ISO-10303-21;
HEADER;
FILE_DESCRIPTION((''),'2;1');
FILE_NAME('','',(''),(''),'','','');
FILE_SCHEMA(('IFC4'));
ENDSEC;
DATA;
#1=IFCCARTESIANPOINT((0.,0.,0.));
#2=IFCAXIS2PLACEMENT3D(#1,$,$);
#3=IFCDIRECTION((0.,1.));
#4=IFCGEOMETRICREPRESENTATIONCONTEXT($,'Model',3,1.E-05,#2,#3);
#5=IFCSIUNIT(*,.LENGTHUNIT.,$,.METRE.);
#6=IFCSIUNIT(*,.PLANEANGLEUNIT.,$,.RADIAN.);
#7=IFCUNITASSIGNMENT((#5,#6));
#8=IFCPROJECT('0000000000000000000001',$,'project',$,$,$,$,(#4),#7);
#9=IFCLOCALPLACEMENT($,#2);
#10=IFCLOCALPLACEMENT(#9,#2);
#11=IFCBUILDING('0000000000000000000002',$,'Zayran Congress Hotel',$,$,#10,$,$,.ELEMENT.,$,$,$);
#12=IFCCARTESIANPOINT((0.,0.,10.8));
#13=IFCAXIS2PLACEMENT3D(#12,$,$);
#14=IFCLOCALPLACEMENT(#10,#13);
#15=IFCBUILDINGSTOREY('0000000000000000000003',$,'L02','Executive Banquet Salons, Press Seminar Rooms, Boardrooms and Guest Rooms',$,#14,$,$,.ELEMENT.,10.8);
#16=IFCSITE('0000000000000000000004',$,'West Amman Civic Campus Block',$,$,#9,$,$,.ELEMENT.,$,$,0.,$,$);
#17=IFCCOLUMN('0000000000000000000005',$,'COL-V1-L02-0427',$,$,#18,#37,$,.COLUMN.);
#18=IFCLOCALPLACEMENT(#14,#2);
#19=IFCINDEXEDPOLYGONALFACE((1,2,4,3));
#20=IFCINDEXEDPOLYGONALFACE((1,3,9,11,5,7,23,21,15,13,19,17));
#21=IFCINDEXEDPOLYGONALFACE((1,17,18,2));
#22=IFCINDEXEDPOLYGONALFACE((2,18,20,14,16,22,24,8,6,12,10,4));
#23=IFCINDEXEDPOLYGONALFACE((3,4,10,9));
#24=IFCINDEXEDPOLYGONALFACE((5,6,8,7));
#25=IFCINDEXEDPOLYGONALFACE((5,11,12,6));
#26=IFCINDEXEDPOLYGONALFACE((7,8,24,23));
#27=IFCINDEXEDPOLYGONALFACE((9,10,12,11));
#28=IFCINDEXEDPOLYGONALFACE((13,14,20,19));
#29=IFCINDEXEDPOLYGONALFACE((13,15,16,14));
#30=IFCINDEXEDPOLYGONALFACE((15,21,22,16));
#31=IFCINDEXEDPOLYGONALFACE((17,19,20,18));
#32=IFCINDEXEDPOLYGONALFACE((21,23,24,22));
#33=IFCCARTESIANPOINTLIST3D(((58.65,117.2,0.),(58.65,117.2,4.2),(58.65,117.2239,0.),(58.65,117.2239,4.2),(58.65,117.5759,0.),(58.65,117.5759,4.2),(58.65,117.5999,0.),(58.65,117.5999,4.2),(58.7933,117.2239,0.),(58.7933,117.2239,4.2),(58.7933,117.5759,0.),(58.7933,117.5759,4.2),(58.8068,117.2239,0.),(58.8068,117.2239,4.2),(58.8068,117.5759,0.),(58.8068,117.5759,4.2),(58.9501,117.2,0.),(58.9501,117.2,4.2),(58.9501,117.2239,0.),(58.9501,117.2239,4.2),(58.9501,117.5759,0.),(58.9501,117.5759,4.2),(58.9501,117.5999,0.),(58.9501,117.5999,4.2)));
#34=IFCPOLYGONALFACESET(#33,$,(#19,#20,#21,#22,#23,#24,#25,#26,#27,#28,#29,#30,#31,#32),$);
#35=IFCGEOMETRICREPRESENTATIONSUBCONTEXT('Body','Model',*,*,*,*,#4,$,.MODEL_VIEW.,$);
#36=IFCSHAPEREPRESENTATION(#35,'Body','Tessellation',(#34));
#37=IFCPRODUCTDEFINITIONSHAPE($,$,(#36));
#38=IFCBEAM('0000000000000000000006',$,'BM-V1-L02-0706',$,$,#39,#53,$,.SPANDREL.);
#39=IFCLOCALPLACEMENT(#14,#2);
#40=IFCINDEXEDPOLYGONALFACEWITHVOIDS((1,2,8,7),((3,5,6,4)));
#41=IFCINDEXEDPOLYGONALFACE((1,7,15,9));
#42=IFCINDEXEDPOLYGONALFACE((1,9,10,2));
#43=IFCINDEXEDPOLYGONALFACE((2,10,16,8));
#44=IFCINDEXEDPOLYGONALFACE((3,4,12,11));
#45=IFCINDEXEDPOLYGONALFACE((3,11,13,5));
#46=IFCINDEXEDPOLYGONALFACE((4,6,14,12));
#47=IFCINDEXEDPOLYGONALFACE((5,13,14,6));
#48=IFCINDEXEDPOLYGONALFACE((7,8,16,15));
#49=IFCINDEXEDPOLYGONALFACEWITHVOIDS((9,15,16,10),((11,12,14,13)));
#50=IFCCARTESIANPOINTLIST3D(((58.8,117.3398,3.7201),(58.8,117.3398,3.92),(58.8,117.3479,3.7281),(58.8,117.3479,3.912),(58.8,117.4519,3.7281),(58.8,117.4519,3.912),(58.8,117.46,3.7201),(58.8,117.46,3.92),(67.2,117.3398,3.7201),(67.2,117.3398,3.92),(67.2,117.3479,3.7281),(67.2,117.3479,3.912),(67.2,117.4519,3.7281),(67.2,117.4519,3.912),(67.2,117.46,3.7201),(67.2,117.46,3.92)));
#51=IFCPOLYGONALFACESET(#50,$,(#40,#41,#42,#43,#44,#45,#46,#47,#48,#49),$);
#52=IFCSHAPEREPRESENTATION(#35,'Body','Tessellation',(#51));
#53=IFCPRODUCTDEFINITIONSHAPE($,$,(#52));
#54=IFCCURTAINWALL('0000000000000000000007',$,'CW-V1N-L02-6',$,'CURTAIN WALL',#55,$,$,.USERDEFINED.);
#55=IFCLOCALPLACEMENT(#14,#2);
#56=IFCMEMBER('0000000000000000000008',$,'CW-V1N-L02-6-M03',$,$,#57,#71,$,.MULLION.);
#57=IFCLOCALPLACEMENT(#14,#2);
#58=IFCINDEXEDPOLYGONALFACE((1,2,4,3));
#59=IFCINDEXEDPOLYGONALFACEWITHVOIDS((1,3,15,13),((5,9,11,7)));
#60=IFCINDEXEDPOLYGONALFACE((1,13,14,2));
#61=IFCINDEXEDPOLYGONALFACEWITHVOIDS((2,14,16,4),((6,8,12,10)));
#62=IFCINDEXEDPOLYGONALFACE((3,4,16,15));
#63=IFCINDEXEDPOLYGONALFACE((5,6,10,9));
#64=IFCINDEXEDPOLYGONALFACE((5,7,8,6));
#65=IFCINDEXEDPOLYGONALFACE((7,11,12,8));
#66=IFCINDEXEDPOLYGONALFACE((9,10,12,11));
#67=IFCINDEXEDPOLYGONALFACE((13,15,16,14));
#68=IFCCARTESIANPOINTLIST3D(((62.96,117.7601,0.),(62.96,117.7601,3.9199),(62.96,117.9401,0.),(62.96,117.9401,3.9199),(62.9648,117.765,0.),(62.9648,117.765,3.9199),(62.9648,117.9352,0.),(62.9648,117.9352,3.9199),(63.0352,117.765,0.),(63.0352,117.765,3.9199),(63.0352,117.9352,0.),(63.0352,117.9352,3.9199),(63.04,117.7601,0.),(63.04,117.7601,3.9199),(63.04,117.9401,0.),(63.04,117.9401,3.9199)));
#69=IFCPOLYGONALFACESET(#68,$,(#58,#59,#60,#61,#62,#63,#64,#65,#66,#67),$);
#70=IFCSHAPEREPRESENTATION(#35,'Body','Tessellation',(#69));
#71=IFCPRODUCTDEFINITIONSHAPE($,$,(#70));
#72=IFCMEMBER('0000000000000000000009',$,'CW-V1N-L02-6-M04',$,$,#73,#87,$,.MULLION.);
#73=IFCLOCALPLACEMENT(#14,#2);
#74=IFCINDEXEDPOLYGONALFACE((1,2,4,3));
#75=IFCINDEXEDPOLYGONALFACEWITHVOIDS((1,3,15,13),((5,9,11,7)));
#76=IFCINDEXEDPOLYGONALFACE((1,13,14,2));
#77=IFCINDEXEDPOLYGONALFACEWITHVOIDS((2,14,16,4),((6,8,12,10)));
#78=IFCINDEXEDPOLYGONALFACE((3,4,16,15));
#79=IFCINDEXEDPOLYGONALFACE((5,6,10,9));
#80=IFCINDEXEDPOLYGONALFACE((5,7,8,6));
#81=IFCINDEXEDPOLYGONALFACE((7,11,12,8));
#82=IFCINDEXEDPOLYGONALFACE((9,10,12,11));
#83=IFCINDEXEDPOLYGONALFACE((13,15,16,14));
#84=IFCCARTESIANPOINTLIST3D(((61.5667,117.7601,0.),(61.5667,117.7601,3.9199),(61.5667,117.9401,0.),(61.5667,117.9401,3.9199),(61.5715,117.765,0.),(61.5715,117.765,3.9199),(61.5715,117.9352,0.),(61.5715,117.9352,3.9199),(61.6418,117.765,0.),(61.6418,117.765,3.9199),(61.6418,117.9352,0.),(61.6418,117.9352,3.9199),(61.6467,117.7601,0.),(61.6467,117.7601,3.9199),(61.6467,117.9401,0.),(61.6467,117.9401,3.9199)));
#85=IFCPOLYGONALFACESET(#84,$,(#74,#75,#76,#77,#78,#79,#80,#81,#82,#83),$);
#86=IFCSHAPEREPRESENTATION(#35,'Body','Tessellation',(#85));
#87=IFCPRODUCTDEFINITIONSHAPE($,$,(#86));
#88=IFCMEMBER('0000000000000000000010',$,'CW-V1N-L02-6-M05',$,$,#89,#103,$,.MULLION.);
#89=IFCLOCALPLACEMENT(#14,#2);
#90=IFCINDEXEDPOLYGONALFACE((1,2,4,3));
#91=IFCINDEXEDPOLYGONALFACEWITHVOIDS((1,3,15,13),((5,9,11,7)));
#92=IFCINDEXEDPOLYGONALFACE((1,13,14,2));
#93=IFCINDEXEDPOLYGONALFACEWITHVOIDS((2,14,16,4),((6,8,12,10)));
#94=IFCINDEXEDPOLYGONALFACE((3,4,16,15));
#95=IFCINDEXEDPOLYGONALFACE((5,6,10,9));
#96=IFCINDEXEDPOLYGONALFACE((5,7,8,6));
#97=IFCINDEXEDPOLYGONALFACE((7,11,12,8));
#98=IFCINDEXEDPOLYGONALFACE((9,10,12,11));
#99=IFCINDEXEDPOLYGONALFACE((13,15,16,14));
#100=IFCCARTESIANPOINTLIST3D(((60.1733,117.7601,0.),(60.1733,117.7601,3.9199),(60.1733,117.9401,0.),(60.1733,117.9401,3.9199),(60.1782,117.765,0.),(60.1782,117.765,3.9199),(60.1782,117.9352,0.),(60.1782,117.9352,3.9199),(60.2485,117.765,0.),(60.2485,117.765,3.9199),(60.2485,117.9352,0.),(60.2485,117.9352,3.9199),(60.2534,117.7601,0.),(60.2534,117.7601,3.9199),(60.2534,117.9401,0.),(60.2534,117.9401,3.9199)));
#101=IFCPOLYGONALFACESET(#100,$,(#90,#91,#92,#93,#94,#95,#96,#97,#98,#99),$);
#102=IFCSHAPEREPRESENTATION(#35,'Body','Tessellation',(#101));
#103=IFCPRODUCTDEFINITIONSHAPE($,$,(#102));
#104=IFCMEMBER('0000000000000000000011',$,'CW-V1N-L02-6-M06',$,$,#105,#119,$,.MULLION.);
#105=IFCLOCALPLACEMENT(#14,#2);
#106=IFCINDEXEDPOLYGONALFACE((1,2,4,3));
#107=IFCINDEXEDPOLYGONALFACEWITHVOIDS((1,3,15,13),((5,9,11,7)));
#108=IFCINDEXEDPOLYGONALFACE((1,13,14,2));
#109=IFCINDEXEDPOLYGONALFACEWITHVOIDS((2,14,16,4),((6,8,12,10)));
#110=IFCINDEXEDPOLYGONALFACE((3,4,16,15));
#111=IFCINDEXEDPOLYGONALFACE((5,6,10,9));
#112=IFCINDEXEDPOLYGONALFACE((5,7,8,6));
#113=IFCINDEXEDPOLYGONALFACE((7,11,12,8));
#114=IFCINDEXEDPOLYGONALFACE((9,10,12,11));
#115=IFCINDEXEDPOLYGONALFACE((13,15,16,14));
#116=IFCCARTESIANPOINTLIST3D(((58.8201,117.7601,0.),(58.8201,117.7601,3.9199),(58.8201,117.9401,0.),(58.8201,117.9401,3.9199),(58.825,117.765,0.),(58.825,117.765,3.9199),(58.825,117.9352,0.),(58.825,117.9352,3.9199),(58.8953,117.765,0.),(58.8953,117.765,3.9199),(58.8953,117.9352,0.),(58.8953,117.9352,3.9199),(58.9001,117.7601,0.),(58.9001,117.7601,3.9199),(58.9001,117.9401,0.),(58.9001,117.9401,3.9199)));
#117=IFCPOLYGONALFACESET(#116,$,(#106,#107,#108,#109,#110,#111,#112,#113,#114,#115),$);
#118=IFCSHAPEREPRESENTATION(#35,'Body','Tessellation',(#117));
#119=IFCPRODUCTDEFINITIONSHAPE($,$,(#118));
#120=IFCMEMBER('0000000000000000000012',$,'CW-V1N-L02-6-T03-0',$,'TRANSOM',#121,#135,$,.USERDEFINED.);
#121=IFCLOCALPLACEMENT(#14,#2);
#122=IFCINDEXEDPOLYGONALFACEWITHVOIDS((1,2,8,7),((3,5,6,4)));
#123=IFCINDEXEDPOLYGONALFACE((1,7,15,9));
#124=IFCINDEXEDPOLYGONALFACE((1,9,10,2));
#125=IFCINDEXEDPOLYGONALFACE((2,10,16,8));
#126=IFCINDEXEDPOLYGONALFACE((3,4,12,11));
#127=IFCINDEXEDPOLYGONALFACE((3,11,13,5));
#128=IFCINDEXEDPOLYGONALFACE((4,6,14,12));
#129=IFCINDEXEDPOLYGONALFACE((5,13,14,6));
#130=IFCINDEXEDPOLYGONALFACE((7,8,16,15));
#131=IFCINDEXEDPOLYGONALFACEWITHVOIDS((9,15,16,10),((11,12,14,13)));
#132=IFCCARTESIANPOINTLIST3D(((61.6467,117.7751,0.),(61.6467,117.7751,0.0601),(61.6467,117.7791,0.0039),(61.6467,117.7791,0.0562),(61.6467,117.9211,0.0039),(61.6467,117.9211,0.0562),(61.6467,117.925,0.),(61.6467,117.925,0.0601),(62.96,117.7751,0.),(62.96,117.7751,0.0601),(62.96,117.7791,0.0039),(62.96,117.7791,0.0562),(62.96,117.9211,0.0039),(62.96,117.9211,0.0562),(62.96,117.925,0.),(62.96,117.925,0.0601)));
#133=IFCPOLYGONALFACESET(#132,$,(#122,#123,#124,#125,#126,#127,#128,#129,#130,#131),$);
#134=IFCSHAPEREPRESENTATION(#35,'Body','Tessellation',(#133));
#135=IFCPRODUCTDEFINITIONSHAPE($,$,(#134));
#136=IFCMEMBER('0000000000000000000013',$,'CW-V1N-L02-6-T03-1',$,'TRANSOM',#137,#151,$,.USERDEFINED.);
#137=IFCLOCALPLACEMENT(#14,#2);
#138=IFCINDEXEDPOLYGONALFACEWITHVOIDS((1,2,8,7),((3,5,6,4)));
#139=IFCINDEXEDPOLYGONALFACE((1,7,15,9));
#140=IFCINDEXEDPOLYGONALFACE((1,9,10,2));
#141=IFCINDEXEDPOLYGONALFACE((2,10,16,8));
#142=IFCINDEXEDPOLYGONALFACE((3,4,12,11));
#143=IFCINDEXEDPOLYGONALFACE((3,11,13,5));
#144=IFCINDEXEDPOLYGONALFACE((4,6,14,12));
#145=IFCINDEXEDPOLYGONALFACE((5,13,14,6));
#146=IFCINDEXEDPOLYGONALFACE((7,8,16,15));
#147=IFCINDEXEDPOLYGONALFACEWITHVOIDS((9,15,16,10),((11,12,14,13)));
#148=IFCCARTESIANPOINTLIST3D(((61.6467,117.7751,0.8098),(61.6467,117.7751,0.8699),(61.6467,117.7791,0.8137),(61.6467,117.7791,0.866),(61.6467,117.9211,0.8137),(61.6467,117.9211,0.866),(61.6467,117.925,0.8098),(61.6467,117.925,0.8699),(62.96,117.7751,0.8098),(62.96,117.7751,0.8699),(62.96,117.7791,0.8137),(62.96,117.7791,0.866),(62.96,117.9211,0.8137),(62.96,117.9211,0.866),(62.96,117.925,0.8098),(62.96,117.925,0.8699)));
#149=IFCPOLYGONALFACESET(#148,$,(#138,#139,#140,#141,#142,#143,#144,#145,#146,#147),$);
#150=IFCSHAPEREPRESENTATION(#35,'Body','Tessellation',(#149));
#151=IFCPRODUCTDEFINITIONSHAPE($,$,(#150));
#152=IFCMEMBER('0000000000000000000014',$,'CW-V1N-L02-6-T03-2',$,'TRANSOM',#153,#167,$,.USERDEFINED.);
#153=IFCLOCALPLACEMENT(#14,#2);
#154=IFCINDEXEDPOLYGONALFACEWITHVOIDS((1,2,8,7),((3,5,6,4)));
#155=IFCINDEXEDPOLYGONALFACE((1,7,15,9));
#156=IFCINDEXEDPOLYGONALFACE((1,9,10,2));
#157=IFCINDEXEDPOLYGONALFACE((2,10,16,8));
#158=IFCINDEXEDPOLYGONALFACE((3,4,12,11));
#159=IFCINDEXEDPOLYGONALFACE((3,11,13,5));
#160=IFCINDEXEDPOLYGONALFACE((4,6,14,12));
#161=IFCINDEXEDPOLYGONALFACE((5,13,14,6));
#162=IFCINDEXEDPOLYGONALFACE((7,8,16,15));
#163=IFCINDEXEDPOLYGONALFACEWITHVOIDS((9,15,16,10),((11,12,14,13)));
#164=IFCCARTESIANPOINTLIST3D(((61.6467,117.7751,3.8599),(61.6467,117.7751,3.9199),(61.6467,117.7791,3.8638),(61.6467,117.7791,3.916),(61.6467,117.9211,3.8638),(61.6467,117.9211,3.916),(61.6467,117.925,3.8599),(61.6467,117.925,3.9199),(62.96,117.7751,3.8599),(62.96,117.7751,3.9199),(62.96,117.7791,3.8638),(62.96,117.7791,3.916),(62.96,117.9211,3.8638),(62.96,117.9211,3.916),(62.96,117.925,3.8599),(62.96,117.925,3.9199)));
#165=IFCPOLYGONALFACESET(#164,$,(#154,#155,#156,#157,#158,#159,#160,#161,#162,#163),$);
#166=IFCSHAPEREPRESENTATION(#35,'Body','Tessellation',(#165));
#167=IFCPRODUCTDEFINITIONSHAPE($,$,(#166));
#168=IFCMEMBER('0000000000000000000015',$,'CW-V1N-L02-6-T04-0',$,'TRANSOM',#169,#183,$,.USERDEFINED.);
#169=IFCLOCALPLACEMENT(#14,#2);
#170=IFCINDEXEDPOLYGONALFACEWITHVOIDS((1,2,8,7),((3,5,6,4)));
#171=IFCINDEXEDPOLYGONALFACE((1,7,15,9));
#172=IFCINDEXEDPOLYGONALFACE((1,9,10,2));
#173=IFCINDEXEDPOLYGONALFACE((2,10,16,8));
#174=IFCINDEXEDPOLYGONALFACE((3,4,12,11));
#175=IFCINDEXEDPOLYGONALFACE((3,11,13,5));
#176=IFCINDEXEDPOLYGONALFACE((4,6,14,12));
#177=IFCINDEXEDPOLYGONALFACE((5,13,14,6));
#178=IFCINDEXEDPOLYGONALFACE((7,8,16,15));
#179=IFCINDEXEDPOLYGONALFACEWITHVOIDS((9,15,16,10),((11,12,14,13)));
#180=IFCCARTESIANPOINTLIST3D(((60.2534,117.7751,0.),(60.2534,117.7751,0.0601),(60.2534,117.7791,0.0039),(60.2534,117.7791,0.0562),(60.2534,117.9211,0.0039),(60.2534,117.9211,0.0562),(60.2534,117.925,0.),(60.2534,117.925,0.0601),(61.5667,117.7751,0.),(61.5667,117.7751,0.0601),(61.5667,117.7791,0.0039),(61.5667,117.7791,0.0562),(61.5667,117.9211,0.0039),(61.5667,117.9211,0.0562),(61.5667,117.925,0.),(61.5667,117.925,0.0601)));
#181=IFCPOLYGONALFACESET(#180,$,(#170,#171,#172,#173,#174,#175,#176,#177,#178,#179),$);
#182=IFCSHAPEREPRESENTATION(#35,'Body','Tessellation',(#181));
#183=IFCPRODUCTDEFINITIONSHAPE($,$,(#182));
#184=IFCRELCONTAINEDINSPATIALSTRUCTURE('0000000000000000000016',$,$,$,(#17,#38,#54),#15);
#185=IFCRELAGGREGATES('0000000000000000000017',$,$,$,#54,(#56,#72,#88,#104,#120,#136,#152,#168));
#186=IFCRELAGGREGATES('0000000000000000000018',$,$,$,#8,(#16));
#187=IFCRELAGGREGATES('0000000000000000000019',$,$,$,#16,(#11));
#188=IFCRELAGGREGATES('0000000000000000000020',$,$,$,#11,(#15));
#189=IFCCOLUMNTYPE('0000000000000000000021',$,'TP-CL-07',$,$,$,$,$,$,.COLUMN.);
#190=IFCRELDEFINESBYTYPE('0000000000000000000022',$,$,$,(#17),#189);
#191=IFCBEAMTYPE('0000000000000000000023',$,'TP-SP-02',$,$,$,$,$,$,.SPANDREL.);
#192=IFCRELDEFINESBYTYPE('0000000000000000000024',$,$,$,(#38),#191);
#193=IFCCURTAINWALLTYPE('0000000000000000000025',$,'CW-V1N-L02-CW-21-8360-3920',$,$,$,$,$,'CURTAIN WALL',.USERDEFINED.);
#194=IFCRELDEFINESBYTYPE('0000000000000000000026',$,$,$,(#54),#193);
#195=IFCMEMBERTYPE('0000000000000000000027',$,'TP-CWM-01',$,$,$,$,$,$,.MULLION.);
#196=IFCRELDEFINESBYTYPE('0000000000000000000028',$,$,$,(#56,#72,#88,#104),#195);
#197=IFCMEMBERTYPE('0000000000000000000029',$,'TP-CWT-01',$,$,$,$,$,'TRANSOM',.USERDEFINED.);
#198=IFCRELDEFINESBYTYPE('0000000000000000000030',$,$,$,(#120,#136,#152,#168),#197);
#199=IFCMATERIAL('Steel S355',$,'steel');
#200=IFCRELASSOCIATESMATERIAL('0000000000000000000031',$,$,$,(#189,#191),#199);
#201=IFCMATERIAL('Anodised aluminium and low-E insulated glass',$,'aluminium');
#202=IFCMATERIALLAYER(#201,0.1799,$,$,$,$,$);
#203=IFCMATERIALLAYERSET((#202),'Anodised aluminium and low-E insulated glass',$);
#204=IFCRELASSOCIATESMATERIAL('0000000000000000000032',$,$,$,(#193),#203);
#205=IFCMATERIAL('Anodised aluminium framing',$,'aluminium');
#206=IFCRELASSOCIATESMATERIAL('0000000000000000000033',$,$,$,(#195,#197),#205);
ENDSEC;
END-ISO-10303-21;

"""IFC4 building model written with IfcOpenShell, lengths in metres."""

from ifc_helpers import new_model, si_unit, direction, frame, origin, origin_2d, place, context, subcontext, project, spatial, hollow_rectangle, i_section, extrude, material, layer, layer_set, material_profile, profile_set, type_object, element, aggregate, save


model = new_model("IFC4")

# Units and contexts
model_context = context("Model", 3, precision=1e-05, world=origin(), true_north=direction((0.0, 1.0)))
body_context = subcontext(model_context, "Body", "Model", "MODEL_VIEW")
ifc_project = project(units=[si_unit("LENGTHUNIT", "METRE"), si_unit("PLANEANGLEUNIT", "RADIAN")], contexts=[model_context])

# Site, building, storey
site_placement = place(None, origin())
site = spatial("IfcSite", under=ifc_project, at=site_placement, Name="West Amman Civic Campus Block", CompositionType="ELEMENT", RefElevation=0.0)
building_placement = place(site_placement, origin())
building = spatial("IfcBuilding", under=site, at=building_placement, Name="Zayran Congress Hotel", CompositionType="ELEMENT")
storey_placement = place(building_placement, frame((0.0, 0.0, 10.8)))
storey = spatial("IfcBuildingStorey", under=building, at=storey_placement, Name="L02", Description="Executive Banquet Salons, Press Seminar Rooms, Boardrooms and Guest Rooms", CompositionType="ELEMENT", Elevation=10.8)

# Column
ifc_material_1 = material(Name="Steel S355", Category="steel")
ifc_material_profile_1 = material_profile(ifc_material_1, i_section(OverallWidth=0.3, OverallDepth=0.3999, WebThickness=0.0134, FlangeThickness=0.0239, at=origin_2d()), Name="HEB 400")
ifc_profile_set_1 = profile_set([ifc_material_profile_1], Name="Steel S355")
column_type = type_object("IfcColumnType", Name="TP-CL-07", PredefinedType="COLUMN", material=ifc_profile_set_1)
column_placement = place(storey_placement, frame((58.8, 117.3999, 0.0), z_axis=(0.0, 0.0, 1.0), x_axis=(1.0, 0.0, 0.0)))
element("IfcColumn", 1, at=column_placement, inside=storey, type_object=column_type, Name="COL-V1-L02-0427", PredefinedType="COLUMN", context=body_context, shape_type="SweptSolid", body=[
    extrude(i_section(OverallWidth=0.3, OverallDepth=0.3999, WebThickness=0.0134, FlangeThickness=0.0239, at=origin_2d()), origin(), (0.0, 0.0, 1.0), 4.2),
])

# Beam
ifc_material_profile_2 = material_profile(ifc_material_1, hollow_rectangle(XDim=0.1201, YDim=0.2, WallThickness=0.0081, at=origin_2d()), Name="RHS 200x120x8")
ifc_profile_set_2 = profile_set([ifc_material_profile_2], Name="Steel S355")
beam_type = type_object("IfcBeamType", Name="TP-SP-02", PredefinedType="SPANDREL", material=ifc_profile_set_2)
beam_placement = place(storey_placement, frame((58.8, 117.3999, 3.8201), z_axis=(1.0, 0.0, 0.0), x_axis=(0.0, 1.0, 0.0)))
element("IfcBeam", 2, at=beam_placement, inside=storey, type_object=beam_type, Name="BM-V1-L02-0706", PredefinedType="SPANDREL", context=body_context, shape_type="SweptSolid", body=[
    extrude(hollow_rectangle(XDim=0.1201, YDim=0.2, WallThickness=0.0081, at=origin_2d()), origin(), (0.0, 0.0, 1.0), 8.3999),
])

# Curtain wall, members
ifc_material_2 = material(Name="Anodised aluminium and low-E insulated glass", Category="aluminium")
ifc_layer_1 = layer(ifc_material_2, 0.1799)
ifc_layer_set_1 = layer_set([ifc_layer_1], Name="Anodised aluminium and low-E insulated glass")
curtain_wall_type = type_object("IfcCurtainWallType", Name="CW-V1N-L02-CW-21-8360-3920", ElementType="CURTAIN WALL", PredefinedType="USERDEFINED", material=ifc_layer_set_1)
curtain_wall_placement = place(storey_placement, origin())
curtain_wall = element("IfcCurtainWall", 3, at=curtain_wall_placement, inside=storey, type_object=curtain_wall_type, Name="CW-V1N-L02-6", ObjectType="CURTAIN WALL", PredefinedType="USERDEFINED")
ifc_material_3 = material(Name="Anodised aluminium framing", Category="aluminium")
ifc_material_profile_3 = material_profile(ifc_material_3, hollow_rectangle(XDim=0.0801, YDim=0.1799, WallThickness=0.0049, at=origin_2d()), Name="RHS 180x80x5")
ifc_profile_set_3 = profile_set([ifc_material_profile_3], Name="Anodised aluminium framing")
member_type_1 = type_object("IfcMemberType", Name="TP-CWM-01", PredefinedType="MULLION", material=ifc_profile_set_3)
member_1_placement = place(storey_placement, frame((63.0, 117.8501, 0.0), z_axis=(0.0, 0.0, 1.0), x_axis=(1.0, 0.0, 0.0)))
member_1 = element("IfcMember", 4, at=member_1_placement, type_object=member_type_1, Name="CW-V1N-L02-6-M03", PredefinedType="MULLION", context=body_context, shape_type="SweptSolid", body=[
    extrude(hollow_rectangle(XDim=0.0801, YDim=0.1799, WallThickness=0.0049, at=origin_2d()), origin(), (0.0, 0.0, 1.0), 3.9199),
])
member_2_placement = place(storey_placement, frame((61.6067, 117.8501, 0.0), z_axis=(0.0, 0.0, 1.0), x_axis=(1.0, 0.0, 0.0)))
member_2 = element("IfcMember", 5, at=member_2_placement, type_object=member_type_1, Name="CW-V1N-L02-6-M04", PredefinedType="MULLION", context=body_context, shape_type="SweptSolid", body=[
    extrude(hollow_rectangle(XDim=0.0801, YDim=0.1799, WallThickness=0.0049, at=origin_2d()), origin(), (0.0, 0.0, 1.0), 3.9199),
])
member_3_placement = place(storey_placement, frame((60.2134, 117.8501, 0.0), z_axis=(0.0, 0.0, 1.0), x_axis=(1.0, 0.0, 0.0)))
member_3 = element("IfcMember", 6, at=member_3_placement, type_object=member_type_1, Name="CW-V1N-L02-6-M05", PredefinedType="MULLION", context=body_context, shape_type="SweptSolid", body=[
    extrude(hollow_rectangle(XDim=0.0801, YDim=0.1799, WallThickness=0.0049, at=origin_2d()), origin(), (0.0, 0.0, 1.0), 3.9199),
])
member_4_placement = place(storey_placement, frame((58.8601, 117.8501, 0.0), z_axis=(0.0, 0.0, 1.0), x_axis=(1.0, 0.0, 0.0)))
member_4 = element("IfcMember", 7, at=member_4_placement, type_object=member_type_1, Name="CW-V1N-L02-6-M06", PredefinedType="MULLION", context=body_context, shape_type="SweptSolid", body=[
    extrude(hollow_rectangle(XDim=0.0801, YDim=0.1799, WallThickness=0.0049, at=origin_2d()), origin(), (0.0, 0.0, 1.0), 3.9199),
])
ifc_material_profile_4 = material_profile(ifc_material_3, hollow_rectangle(XDim=0.0601, YDim=0.1499, WallThickness=0.0039, at=origin_2d()), Name="RHS 150x60x4")
ifc_profile_set_4 = profile_set([ifc_material_profile_4], Name="Anodised aluminium framing")
member_type_2 = type_object("IfcMemberType", Name="TP-CWT-01", ElementType="TRANSOM", PredefinedType="USERDEFINED", material=ifc_profile_set_4)
member_5_placement = place(storey_placement, frame((62.96, 117.8501, 0.03), z_axis=(-1.0, 0.0, 0.0), x_axis=(0.0, 0.0, 1.0)))
member_5 = element("IfcMember", 8, at=member_5_placement, type_object=member_type_2, Name="CW-V1N-L02-6-T03-0", ObjectType="TRANSOM", PredefinedType="USERDEFINED", context=body_context, shape_type="SweptSolid", body=[
    extrude(hollow_rectangle(XDim=0.0601, YDim=0.1499, WallThickness=0.0039, at=origin_2d()), origin(), (0.0, 0.0, 1.0), 1.3132),
])
member_6_placement = place(storey_placement, frame((62.96, 117.8501, 0.8398), z_axis=(-1.0, 0.0, 0.0), x_axis=(0.0, 0.0, 1.0)))
member_6 = element("IfcMember", 9, at=member_6_placement, type_object=member_type_2, Name="CW-V1N-L02-6-T03-1", ObjectType="TRANSOM", PredefinedType="USERDEFINED", context=body_context, shape_type="SweptSolid", body=[
    extrude(hollow_rectangle(XDim=0.0601, YDim=0.1499, WallThickness=0.0039, at=origin_2d()), origin(), (0.0, 0.0, 1.0), 1.3132),
])
member_7_placement = place(storey_placement, frame((62.96, 117.8501, 3.8899), z_axis=(-1.0, 0.0, 0.0), x_axis=(0.0, 0.0, 1.0)))
member_7 = element("IfcMember", 10, at=member_7_placement, type_object=member_type_2, Name="CW-V1N-L02-6-T03-2", ObjectType="TRANSOM", PredefinedType="USERDEFINED", context=body_context, shape_type="SweptSolid", body=[
    extrude(hollow_rectangle(XDim=0.0601, YDim=0.1499, WallThickness=0.0039, at=origin_2d()), origin(), (0.0, 0.0, 1.0), 1.3132),
])
member_8_placement = place(storey_placement, frame((61.5667, 117.8501, 0.03), z_axis=(-1.0, 0.0, 0.0), x_axis=(0.0, 0.0, 1.0)))
member_8 = element("IfcMember", 11, at=member_8_placement, type_object=member_type_2, Name="CW-V1N-L02-6-T04-0", ObjectType="TRANSOM", PredefinedType="USERDEFINED", context=body_context, shape_type="SweptSolid", body=[
    extrude(hollow_rectangle(XDim=0.0601, YDim=0.1499, WallThickness=0.0039, at=origin_2d()), origin(), (0.0, 0.0, 1.0), 1.3132),
])
aggregate(curtain_wall, [member_1, member_2, member_3, member_4, member_5, member_6, member_7, member_8])

save(model, "model.ifc")
